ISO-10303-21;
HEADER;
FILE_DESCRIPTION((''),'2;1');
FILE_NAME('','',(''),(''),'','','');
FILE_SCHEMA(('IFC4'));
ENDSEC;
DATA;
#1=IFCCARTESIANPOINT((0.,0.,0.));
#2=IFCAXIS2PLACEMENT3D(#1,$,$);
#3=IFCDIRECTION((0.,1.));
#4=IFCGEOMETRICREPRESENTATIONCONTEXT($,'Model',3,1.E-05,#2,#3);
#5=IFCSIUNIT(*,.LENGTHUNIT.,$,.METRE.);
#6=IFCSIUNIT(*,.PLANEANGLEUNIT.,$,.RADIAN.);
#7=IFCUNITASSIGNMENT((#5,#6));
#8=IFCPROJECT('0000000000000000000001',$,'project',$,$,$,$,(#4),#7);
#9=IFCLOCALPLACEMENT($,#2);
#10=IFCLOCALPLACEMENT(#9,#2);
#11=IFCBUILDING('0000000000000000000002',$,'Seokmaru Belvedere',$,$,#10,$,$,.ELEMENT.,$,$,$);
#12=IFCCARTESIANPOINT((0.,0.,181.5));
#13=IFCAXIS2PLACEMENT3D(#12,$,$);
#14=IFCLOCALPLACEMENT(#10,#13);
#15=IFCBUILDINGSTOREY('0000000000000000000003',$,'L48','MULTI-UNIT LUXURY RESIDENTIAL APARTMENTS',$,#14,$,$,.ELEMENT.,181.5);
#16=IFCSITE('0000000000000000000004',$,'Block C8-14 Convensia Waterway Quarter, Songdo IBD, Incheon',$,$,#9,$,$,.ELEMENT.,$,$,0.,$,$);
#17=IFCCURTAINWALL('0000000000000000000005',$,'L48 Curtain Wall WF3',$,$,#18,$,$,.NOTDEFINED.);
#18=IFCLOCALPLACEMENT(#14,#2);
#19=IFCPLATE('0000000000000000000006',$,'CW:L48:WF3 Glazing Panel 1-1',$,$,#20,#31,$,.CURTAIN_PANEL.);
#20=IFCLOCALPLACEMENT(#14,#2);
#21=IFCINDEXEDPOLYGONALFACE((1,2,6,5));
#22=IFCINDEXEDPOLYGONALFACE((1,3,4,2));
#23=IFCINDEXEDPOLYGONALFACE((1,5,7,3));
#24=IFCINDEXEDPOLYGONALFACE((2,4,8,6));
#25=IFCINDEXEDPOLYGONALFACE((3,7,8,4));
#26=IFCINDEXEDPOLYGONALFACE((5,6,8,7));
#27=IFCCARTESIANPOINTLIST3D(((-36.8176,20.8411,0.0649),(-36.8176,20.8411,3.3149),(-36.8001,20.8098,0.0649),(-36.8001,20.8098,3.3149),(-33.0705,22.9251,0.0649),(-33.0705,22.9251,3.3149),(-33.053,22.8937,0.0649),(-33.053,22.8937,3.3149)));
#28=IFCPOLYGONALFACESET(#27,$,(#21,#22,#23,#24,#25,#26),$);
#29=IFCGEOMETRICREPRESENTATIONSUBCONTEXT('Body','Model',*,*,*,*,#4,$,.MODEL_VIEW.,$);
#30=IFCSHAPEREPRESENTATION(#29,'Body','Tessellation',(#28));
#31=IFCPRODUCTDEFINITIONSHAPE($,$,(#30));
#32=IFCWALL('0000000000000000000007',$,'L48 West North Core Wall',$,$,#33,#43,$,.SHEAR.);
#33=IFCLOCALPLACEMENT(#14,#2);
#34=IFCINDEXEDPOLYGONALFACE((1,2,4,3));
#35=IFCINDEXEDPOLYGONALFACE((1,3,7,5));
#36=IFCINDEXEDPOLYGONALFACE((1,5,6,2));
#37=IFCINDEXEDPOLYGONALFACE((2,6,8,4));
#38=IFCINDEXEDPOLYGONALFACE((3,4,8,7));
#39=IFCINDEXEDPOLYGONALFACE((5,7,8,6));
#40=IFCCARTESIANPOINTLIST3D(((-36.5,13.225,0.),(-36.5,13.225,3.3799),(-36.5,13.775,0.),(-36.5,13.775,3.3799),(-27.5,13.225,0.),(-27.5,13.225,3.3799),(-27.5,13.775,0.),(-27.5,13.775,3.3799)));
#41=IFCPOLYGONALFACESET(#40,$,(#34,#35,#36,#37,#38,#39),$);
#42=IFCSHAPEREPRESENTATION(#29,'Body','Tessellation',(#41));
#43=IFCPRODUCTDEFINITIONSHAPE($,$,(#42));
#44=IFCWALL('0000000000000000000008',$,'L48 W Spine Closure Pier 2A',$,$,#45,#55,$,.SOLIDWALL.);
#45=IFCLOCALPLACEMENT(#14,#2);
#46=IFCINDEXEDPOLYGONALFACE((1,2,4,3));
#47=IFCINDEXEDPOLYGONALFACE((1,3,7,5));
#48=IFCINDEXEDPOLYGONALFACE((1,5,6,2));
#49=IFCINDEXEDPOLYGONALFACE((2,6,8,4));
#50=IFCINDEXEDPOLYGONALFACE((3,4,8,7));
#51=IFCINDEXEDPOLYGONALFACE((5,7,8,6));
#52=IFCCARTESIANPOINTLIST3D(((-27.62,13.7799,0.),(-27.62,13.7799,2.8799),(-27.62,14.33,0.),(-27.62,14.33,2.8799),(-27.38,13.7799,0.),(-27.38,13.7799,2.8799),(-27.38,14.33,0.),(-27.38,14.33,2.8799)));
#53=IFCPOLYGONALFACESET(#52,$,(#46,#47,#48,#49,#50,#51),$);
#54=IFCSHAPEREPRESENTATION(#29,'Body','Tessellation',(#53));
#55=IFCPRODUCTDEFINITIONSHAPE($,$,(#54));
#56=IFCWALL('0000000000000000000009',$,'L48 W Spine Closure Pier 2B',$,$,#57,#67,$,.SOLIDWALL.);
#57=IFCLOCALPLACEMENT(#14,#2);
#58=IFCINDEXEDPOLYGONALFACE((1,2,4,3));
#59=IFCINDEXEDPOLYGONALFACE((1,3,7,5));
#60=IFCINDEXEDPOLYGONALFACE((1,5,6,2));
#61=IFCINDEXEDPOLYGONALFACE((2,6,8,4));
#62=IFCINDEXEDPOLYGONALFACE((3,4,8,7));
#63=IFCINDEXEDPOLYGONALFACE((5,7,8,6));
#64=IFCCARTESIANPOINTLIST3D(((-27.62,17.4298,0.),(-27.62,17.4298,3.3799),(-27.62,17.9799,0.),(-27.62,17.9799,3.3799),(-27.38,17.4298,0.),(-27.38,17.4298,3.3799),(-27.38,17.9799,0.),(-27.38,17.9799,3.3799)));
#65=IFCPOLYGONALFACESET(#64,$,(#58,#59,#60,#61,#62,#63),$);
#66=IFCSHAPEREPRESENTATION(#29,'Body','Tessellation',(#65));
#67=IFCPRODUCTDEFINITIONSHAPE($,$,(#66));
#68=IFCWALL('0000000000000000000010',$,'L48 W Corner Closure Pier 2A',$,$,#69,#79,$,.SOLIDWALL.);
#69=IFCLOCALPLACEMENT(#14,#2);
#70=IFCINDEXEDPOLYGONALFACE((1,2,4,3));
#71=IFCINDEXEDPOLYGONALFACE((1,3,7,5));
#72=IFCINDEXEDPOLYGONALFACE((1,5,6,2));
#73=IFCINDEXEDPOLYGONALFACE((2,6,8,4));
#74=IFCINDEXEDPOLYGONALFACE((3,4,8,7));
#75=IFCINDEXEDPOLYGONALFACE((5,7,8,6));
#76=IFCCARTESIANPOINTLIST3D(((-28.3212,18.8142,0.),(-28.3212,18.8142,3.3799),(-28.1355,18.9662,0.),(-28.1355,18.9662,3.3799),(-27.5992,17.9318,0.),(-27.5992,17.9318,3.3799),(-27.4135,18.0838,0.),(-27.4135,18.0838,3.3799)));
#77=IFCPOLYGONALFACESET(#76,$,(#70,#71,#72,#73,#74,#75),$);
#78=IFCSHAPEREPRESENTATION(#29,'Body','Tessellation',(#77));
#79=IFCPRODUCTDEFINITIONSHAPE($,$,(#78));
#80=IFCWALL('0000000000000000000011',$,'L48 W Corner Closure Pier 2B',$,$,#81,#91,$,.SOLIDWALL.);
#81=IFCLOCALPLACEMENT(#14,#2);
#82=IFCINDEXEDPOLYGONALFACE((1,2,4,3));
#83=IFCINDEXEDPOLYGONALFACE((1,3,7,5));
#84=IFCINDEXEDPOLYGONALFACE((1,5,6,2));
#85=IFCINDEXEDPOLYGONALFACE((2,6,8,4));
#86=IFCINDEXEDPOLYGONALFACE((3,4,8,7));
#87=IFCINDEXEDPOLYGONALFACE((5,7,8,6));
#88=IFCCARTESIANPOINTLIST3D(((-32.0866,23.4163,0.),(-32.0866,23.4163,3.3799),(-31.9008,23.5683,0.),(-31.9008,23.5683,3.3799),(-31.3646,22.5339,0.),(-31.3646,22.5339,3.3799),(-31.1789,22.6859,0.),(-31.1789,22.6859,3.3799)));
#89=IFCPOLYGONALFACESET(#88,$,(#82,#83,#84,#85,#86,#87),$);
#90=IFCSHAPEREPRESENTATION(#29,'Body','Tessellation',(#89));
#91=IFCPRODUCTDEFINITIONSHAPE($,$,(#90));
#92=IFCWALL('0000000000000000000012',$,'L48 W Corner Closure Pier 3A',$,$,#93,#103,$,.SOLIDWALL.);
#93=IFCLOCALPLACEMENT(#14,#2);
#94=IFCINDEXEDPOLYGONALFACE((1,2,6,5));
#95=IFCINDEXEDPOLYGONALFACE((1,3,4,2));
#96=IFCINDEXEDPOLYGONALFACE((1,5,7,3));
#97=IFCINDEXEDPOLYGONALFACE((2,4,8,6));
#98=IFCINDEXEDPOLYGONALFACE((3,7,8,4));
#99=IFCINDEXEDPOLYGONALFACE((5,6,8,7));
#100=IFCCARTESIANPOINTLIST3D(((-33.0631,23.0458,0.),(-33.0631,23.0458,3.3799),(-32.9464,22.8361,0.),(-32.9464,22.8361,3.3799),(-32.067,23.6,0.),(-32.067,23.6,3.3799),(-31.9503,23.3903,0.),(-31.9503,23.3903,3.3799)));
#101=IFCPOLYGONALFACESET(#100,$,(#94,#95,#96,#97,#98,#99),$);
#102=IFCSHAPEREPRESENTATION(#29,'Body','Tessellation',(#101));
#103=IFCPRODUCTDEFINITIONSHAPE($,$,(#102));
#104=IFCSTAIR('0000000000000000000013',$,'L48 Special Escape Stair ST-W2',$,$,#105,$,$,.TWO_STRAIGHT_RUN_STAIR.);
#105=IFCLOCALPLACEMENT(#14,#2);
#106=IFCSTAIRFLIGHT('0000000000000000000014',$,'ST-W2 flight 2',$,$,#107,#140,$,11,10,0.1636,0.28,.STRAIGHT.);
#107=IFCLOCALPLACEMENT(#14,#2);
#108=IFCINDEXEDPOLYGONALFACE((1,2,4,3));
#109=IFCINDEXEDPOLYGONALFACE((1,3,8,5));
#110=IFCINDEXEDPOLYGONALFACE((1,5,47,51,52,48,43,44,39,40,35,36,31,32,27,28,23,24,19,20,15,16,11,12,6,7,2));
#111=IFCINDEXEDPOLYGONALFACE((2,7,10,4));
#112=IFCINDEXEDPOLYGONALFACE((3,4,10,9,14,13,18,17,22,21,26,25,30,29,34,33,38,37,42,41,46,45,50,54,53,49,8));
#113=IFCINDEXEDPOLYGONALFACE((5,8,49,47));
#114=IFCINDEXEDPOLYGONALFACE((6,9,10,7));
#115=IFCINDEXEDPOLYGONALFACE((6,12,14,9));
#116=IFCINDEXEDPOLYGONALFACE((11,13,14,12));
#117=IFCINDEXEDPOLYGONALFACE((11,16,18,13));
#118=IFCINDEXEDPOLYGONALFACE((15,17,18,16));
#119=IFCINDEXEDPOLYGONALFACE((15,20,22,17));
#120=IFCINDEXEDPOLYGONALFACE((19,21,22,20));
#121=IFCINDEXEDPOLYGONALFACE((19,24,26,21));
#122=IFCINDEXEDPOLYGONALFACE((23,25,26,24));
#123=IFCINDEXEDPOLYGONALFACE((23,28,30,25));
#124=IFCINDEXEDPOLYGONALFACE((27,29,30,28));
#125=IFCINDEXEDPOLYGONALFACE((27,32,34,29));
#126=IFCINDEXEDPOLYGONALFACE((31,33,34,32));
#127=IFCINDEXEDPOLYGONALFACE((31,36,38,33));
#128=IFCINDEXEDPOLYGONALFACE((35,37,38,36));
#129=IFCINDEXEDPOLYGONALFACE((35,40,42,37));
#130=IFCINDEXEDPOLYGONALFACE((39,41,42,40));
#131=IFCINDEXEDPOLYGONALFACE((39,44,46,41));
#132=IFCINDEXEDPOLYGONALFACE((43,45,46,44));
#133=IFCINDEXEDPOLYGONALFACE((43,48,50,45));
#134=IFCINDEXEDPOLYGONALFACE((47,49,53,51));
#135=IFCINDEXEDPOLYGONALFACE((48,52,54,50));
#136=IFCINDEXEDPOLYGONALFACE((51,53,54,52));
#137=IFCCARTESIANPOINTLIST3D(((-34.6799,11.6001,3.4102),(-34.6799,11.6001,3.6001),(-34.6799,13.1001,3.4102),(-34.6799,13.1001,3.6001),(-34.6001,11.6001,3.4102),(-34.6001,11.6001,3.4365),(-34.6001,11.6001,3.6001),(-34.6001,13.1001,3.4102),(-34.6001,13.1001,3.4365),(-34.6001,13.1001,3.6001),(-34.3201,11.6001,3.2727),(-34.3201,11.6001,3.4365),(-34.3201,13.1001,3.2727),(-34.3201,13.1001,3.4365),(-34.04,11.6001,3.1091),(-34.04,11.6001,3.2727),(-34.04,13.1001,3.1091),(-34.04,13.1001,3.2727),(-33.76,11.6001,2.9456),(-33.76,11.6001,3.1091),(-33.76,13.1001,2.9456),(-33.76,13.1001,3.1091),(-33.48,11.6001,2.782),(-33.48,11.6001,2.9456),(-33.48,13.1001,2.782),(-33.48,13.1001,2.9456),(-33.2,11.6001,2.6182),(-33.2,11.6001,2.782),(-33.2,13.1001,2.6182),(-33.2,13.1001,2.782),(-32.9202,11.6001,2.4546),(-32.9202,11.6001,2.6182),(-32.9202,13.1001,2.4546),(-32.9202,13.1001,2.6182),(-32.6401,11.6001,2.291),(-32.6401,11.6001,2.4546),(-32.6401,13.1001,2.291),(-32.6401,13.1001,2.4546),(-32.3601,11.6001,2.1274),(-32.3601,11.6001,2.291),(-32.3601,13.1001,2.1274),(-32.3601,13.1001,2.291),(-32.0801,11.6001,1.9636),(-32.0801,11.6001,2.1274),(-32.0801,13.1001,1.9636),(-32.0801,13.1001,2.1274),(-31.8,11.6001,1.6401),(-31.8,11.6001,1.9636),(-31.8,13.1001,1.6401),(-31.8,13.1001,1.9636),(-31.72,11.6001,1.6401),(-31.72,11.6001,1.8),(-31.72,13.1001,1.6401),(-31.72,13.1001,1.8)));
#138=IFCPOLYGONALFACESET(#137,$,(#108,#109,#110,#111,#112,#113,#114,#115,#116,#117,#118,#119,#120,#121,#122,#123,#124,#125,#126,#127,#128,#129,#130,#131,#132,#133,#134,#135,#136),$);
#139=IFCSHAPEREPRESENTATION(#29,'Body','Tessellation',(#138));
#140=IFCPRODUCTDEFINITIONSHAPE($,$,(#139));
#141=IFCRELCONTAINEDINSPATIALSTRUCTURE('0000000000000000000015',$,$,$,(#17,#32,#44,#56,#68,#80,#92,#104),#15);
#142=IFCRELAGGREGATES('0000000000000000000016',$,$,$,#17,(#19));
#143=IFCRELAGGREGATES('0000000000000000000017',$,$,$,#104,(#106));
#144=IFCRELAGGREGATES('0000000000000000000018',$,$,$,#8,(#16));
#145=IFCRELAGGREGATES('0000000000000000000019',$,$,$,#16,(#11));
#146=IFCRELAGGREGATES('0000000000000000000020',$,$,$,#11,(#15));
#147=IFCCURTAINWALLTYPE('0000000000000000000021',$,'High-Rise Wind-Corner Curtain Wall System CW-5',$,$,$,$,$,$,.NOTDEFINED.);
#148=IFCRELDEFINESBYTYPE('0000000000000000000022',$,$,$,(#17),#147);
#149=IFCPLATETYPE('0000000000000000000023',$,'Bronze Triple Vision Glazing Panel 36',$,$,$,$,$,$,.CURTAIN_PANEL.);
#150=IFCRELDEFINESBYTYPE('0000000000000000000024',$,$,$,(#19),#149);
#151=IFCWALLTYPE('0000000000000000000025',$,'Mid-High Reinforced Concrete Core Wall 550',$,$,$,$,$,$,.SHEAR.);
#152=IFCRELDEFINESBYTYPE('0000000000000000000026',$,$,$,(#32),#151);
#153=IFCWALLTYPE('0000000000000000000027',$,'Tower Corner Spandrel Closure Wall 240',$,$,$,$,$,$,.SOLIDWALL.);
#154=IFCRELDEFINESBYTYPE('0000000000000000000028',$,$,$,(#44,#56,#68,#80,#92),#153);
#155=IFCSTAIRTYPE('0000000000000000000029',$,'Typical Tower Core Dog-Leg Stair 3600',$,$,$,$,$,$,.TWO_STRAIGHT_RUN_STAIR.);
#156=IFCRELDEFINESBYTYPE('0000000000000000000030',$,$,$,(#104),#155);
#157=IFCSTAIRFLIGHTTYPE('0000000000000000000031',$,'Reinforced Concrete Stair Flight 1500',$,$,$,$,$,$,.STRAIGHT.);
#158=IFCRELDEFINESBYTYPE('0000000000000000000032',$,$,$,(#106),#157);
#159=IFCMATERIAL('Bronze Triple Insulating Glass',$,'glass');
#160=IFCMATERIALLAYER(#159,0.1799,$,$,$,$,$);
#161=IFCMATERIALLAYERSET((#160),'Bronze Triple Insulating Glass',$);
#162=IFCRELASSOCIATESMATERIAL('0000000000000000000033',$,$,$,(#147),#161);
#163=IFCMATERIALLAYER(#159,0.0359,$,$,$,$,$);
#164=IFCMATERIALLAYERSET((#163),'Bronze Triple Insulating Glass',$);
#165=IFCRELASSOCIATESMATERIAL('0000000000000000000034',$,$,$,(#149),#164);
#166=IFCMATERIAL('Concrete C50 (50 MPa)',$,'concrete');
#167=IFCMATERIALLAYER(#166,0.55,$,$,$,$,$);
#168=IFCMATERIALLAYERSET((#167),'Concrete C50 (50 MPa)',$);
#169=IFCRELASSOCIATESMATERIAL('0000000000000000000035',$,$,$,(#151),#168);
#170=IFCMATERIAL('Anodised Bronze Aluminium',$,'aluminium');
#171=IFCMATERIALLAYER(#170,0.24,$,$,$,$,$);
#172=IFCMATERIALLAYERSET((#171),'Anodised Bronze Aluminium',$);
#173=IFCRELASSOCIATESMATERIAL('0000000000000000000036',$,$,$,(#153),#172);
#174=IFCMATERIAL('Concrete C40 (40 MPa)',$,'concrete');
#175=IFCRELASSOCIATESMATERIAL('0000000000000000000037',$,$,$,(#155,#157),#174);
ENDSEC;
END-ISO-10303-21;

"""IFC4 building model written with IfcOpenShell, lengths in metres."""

from ifc_helpers import new_model, si_unit, direction, frame, frame_2d, origin, origin_2d, place, context, subcontext, project, spatial, polyline, rectangle, outline, extrude, source, transform, mapped, material, layer, layer_set, type_object, element, aggregate, save


model = new_model("IFC4")

# Units and contexts
model_context = context("Model", 3, precision=1e-05, world=origin(), true_north=direction((0.0, 1.0)))
body_context = subcontext(model_context, "Body", "Model", "MODEL_VIEW")
ifc_project = project(units=[si_unit("LENGTHUNIT", "METRE"), si_unit("PLANEANGLEUNIT", "RADIAN")], contexts=[model_context])

# Site, building, storey
site_placement = place(None, origin())
site = spatial("IfcSite", under=ifc_project, at=site_placement, Name="Block C8-14 Convensia Waterway Quarter, Songdo IBD, Incheon", CompositionType="ELEMENT", RefElevation=0.0)
building_placement = place(site_placement, origin())
building = spatial("IfcBuilding", under=site, at=building_placement, Name="Seokmaru Belvedere", CompositionType="ELEMENT")
storey_placement = place(building_placement, frame((0.0, 0.0, 181.5)))
storey = spatial("IfcBuildingStorey", under=building, at=storey_placement, Name="L48", Description="MULTI-UNIT LUXURY RESIDENTIAL APARTMENTS", CompositionType="ELEMENT", Elevation=181.5)

# Curtain wall
ifc_material_1 = material(Name="Bronze Triple Insulating Glass", Category="glass")
ifc_layer_1 = layer(ifc_material_1, 0.1799)
ifc_layer_set_1 = layer_set([ifc_layer_1], Name="Bronze Triple Insulating Glass")
curtain_wall_type = type_object("IfcCurtainWallType", Name="High-Rise Wind-Corner Curtain Wall System CW-5", PredefinedType="NOTDEFINED", material=ifc_layer_set_1)
ifc_material_2 = material(Name="Anodised Bronze Aluminium", Category="aluminium")
curtain_wall_1_placement = place(storey_placement, origin())
curtain_wall_1 = element("IfcCurtainWall", 1, at=curtain_wall_1_placement, inside=storey, type_object=curtain_wall_type, Name="L48 Curtain Wall WF3", PredefinedType="NOTDEFINED")

# Plate
ifc_layer_2 = layer(ifc_material_1, 0.0359)
ifc_layer_set_2 = layer_set([ifc_layer_2], Name="Bronze Triple Insulating Glass")
plate_type = type_object("IfcPlateType", Name="Bronze Triple Vision Glazing Panel 36", PredefinedType="CURTAIN_PANEL", material=ifc_layer_set_2)
shared_shape_1 = source(origin(), body_context, "Body", "SweptSolid", [
    extrude(rectangle(XDim=4.2876, YDim=0.0359, at=origin_2d()), origin(), (0.0, 0.0, 1.0), 3.25),
])
plate_1_placement = place(storey_placement, frame((-34.9353, 21.8674, 0.0649), z_axis=(0.0, 0.0, 1.0), x_axis=(-0.873933, -0.486047, 0.0)))
plate_1 = element("IfcPlate", 2, at=plate_1_placement, type_object=plate_type, Name="CW:L48:WF3 Glazing Panel 1-1", PredefinedType="CURTAIN_PANEL", context=body_context, shape_type="MappedRepresentation", body=[
    mapped(shared_shape_1, transform((0.0, 0.0, 0.0), scale=1.0)),
])
aggregate(curtain_wall_1, [plate_1])

# Walls
ifc_material_3 = material(Name="Concrete C50 (50 MPa)", Category="concrete")
ifc_layer_3 = layer(ifc_material_3, 0.55)
ifc_layer_set_3 = layer_set([ifc_layer_3], Name="Concrete C50 (50 MPa)")
wall_type_1 = type_object("IfcWallType", Name="Mid-High Reinforced Concrete Core Wall 550", PredefinedType="SHEAR", material=ifc_layer_set_3)
wall_1_placement = place(storey_placement, frame((-36.5, 13.5, 0.0), z_axis=(0.0, 0.0, 1.0), x_axis=(1.0, 0.0, 0.0)))
element("IfcWall", 3, at=wall_1_placement, inside=storey, type_object=wall_type_1, Name="L48 West North Core Wall", PredefinedType="SHEAR", context=body_context, shape_type="SweptSolid", body=[
    extrude(rectangle(XDim=9.0, YDim=0.55, at=frame_2d((4.5, 0.0))), origin(), (0.0, 0.0, 1.0), 3.3799),
])
ifc_layer_4 = layer(ifc_material_2, 0.24)
ifc_layer_set_4 = layer_set([ifc_layer_4], Name="Anodised Bronze Aluminium")
wall_type_2 = type_object("IfcWallType", Name="Tower Corner Spandrel Closure Wall 240", PredefinedType="SOLIDWALL", material=ifc_layer_set_4)
wall_2_placement = place(storey_placement, frame((-27.5, 13.78, 0.0), z_axis=(0.0, 0.0, 1.0), x_axis=(0.0, 1.0, 0.0)))
element("IfcWall", 4, at=wall_2_placement, inside=storey, type_object=wall_type_2, Name="L48 W Spine Closure Pier 2A", PredefinedType="SOLIDWALL", context=body_context, shape_type="SweptSolid", body=[
    extrude(rectangle(XDim=0.55, YDim=0.24, at=frame_2d((0.2749, 0.0))), origin(), (0.0, 0.0, 1.0), 2.8799),
])
wall_3_placement = place(storey_placement, frame((-27.5, 17.4299, 0.0), z_axis=(0.0, 0.0, 1.0), x_axis=(0.0, 1.0, 0.0)))
element("IfcWall", 5, at=wall_3_placement, inside=storey, type_object=wall_type_2, Name="L48 W Spine Closure Pier 2B", PredefinedType="SOLIDWALL", context=body_context, shape_type="SweptSolid", body=[
    extrude(rectangle(XDim=0.55, YDim=0.24, at=frame_2d((0.2749, 0.0))), origin(), (0.0, 0.0, 1.0), 3.3799),
])
for number, where, z_axis, x_axis, name in (
    (6, (-27.5063, 18.0078, 0.0), (0.0, 0.0, 1.0), (-0.633249, 0.773948, 0.0), "L48 W Corner Closure Pier 2A"),
    (7, (-31.2717, 22.6099, 0.0), (0.0, 0.0, 1.0), (-0.633249, 0.773948, 0.0), "L48 W Corner Closure Pier 2B"),
):
    element("IfcWall", number, at=place(storey_placement, frame(where, z_axis=z_axis, x_axis=x_axis)), inside=storey, type_object=wall_type_2, Name=name, PredefinedType="SOLIDWALL", context=body_context, shape_type="SweptSolid", body=[
        extrude(rectangle(XDim=1.1401, YDim=0.24, at=frame_2d((0.5701, 0.0))), origin(), (0.0, 0.0, 1.0), 3.3799),
    ])
wall_4_placement = place(storey_placement, frame((-32.0088, 23.4951, 0.0), z_axis=(0.0, 0.0, 1.0), x_axis=(-0.873854, -0.486188, 0.0)))
element("IfcWall", 8, at=wall_4_placement, inside=storey, type_object=wall_type_2, Name="L48 W Corner Closure Pier 3A", PredefinedType="SOLIDWALL", context=body_context, shape_type="SweptSolid", body=[
    extrude(rectangle(XDim=1.1399, YDim=0.24, at=frame_2d((0.5698, 0.0))), origin(), (0.0, 0.0, 1.0), 3.3799),
])

# Stair, stair flight
ifc_material_4 = material(Name="Concrete C40 (40 MPa)", Category="concrete")
stair_type = type_object("IfcStairType", Name="Typical Tower Core Dog-Leg Stair 3600", PredefinedType="TWO_STRAIGHT_RUN_STAIR", material=ifc_material_4)
stair_placement = place(storey_placement, origin())
stair = element("IfcStair", 9, at=stair_placement, inside=storey, type_object=stair_type, Name="L48 Special Escape Stair ST-W2", PredefinedType="TWO_STRAIGHT_RUN_STAIR")
stair_flight_type = type_object("IfcStairFlightType", Name="Reinforced Concrete Stair Flight 1500", PredefinedType="STRAIGHT", material=ifc_material_4)
stair_flight_placement = place(storey_placement, frame((-31.8, 12.3501, 1.8), z_axis=(0.0, 0.0, 1.0), x_axis=(-1.0, 0.0, 0.0)))
stair_flight = element("IfcStairFlight", 10, at=stair_flight_placement, type_object=stair_flight_type, Name="ST-W2 flight 2", NumberOfRisers=11, NumberOfTreads=10, PredefinedType="STRAIGHT", RiserHeight=0.1636, TreadLength=0.28, context=body_context, shape_type="SweptSolid", body=[
    extrude(outline(polyline([(-0.0801, 0.0), (0.0, 0.1636), (0.28, 0.1636), (0.28, 0.3274), (0.5601, 0.3274), (0.5601, 0.491), (0.8401, 0.491), (0.8401, 0.6545), (1.1201, 0.6545), (1.1201, 0.8181), (1.3999, 0.8181), (1.3999, 0.9819), (1.6799, 0.9819), (1.6799, 1.1455), (1.96, 1.1455), (1.96, 1.3091), (2.24, 1.3091), (2.24, 1.4727), (2.52, 1.4727), (2.52, 1.6365), (2.8, 1.6365), (2.8, 1.8), (2.8799, 1.8), (2.8799, 1.6101), (2.8, 1.6101), (0.0, -0.1599), (-0.0801, -0.1599), (-0.0801, 0.0)])), frame((0.0, 0.75, 0.0), z_axis=(0.0, -1.0, 0.0), x_axis=(1.0, 0.0, 0.0)), (0.0, 0.0, 1.0), 1.5),
])
aggregate(stair, [stair_flight])

save(model, "model.ifc")
